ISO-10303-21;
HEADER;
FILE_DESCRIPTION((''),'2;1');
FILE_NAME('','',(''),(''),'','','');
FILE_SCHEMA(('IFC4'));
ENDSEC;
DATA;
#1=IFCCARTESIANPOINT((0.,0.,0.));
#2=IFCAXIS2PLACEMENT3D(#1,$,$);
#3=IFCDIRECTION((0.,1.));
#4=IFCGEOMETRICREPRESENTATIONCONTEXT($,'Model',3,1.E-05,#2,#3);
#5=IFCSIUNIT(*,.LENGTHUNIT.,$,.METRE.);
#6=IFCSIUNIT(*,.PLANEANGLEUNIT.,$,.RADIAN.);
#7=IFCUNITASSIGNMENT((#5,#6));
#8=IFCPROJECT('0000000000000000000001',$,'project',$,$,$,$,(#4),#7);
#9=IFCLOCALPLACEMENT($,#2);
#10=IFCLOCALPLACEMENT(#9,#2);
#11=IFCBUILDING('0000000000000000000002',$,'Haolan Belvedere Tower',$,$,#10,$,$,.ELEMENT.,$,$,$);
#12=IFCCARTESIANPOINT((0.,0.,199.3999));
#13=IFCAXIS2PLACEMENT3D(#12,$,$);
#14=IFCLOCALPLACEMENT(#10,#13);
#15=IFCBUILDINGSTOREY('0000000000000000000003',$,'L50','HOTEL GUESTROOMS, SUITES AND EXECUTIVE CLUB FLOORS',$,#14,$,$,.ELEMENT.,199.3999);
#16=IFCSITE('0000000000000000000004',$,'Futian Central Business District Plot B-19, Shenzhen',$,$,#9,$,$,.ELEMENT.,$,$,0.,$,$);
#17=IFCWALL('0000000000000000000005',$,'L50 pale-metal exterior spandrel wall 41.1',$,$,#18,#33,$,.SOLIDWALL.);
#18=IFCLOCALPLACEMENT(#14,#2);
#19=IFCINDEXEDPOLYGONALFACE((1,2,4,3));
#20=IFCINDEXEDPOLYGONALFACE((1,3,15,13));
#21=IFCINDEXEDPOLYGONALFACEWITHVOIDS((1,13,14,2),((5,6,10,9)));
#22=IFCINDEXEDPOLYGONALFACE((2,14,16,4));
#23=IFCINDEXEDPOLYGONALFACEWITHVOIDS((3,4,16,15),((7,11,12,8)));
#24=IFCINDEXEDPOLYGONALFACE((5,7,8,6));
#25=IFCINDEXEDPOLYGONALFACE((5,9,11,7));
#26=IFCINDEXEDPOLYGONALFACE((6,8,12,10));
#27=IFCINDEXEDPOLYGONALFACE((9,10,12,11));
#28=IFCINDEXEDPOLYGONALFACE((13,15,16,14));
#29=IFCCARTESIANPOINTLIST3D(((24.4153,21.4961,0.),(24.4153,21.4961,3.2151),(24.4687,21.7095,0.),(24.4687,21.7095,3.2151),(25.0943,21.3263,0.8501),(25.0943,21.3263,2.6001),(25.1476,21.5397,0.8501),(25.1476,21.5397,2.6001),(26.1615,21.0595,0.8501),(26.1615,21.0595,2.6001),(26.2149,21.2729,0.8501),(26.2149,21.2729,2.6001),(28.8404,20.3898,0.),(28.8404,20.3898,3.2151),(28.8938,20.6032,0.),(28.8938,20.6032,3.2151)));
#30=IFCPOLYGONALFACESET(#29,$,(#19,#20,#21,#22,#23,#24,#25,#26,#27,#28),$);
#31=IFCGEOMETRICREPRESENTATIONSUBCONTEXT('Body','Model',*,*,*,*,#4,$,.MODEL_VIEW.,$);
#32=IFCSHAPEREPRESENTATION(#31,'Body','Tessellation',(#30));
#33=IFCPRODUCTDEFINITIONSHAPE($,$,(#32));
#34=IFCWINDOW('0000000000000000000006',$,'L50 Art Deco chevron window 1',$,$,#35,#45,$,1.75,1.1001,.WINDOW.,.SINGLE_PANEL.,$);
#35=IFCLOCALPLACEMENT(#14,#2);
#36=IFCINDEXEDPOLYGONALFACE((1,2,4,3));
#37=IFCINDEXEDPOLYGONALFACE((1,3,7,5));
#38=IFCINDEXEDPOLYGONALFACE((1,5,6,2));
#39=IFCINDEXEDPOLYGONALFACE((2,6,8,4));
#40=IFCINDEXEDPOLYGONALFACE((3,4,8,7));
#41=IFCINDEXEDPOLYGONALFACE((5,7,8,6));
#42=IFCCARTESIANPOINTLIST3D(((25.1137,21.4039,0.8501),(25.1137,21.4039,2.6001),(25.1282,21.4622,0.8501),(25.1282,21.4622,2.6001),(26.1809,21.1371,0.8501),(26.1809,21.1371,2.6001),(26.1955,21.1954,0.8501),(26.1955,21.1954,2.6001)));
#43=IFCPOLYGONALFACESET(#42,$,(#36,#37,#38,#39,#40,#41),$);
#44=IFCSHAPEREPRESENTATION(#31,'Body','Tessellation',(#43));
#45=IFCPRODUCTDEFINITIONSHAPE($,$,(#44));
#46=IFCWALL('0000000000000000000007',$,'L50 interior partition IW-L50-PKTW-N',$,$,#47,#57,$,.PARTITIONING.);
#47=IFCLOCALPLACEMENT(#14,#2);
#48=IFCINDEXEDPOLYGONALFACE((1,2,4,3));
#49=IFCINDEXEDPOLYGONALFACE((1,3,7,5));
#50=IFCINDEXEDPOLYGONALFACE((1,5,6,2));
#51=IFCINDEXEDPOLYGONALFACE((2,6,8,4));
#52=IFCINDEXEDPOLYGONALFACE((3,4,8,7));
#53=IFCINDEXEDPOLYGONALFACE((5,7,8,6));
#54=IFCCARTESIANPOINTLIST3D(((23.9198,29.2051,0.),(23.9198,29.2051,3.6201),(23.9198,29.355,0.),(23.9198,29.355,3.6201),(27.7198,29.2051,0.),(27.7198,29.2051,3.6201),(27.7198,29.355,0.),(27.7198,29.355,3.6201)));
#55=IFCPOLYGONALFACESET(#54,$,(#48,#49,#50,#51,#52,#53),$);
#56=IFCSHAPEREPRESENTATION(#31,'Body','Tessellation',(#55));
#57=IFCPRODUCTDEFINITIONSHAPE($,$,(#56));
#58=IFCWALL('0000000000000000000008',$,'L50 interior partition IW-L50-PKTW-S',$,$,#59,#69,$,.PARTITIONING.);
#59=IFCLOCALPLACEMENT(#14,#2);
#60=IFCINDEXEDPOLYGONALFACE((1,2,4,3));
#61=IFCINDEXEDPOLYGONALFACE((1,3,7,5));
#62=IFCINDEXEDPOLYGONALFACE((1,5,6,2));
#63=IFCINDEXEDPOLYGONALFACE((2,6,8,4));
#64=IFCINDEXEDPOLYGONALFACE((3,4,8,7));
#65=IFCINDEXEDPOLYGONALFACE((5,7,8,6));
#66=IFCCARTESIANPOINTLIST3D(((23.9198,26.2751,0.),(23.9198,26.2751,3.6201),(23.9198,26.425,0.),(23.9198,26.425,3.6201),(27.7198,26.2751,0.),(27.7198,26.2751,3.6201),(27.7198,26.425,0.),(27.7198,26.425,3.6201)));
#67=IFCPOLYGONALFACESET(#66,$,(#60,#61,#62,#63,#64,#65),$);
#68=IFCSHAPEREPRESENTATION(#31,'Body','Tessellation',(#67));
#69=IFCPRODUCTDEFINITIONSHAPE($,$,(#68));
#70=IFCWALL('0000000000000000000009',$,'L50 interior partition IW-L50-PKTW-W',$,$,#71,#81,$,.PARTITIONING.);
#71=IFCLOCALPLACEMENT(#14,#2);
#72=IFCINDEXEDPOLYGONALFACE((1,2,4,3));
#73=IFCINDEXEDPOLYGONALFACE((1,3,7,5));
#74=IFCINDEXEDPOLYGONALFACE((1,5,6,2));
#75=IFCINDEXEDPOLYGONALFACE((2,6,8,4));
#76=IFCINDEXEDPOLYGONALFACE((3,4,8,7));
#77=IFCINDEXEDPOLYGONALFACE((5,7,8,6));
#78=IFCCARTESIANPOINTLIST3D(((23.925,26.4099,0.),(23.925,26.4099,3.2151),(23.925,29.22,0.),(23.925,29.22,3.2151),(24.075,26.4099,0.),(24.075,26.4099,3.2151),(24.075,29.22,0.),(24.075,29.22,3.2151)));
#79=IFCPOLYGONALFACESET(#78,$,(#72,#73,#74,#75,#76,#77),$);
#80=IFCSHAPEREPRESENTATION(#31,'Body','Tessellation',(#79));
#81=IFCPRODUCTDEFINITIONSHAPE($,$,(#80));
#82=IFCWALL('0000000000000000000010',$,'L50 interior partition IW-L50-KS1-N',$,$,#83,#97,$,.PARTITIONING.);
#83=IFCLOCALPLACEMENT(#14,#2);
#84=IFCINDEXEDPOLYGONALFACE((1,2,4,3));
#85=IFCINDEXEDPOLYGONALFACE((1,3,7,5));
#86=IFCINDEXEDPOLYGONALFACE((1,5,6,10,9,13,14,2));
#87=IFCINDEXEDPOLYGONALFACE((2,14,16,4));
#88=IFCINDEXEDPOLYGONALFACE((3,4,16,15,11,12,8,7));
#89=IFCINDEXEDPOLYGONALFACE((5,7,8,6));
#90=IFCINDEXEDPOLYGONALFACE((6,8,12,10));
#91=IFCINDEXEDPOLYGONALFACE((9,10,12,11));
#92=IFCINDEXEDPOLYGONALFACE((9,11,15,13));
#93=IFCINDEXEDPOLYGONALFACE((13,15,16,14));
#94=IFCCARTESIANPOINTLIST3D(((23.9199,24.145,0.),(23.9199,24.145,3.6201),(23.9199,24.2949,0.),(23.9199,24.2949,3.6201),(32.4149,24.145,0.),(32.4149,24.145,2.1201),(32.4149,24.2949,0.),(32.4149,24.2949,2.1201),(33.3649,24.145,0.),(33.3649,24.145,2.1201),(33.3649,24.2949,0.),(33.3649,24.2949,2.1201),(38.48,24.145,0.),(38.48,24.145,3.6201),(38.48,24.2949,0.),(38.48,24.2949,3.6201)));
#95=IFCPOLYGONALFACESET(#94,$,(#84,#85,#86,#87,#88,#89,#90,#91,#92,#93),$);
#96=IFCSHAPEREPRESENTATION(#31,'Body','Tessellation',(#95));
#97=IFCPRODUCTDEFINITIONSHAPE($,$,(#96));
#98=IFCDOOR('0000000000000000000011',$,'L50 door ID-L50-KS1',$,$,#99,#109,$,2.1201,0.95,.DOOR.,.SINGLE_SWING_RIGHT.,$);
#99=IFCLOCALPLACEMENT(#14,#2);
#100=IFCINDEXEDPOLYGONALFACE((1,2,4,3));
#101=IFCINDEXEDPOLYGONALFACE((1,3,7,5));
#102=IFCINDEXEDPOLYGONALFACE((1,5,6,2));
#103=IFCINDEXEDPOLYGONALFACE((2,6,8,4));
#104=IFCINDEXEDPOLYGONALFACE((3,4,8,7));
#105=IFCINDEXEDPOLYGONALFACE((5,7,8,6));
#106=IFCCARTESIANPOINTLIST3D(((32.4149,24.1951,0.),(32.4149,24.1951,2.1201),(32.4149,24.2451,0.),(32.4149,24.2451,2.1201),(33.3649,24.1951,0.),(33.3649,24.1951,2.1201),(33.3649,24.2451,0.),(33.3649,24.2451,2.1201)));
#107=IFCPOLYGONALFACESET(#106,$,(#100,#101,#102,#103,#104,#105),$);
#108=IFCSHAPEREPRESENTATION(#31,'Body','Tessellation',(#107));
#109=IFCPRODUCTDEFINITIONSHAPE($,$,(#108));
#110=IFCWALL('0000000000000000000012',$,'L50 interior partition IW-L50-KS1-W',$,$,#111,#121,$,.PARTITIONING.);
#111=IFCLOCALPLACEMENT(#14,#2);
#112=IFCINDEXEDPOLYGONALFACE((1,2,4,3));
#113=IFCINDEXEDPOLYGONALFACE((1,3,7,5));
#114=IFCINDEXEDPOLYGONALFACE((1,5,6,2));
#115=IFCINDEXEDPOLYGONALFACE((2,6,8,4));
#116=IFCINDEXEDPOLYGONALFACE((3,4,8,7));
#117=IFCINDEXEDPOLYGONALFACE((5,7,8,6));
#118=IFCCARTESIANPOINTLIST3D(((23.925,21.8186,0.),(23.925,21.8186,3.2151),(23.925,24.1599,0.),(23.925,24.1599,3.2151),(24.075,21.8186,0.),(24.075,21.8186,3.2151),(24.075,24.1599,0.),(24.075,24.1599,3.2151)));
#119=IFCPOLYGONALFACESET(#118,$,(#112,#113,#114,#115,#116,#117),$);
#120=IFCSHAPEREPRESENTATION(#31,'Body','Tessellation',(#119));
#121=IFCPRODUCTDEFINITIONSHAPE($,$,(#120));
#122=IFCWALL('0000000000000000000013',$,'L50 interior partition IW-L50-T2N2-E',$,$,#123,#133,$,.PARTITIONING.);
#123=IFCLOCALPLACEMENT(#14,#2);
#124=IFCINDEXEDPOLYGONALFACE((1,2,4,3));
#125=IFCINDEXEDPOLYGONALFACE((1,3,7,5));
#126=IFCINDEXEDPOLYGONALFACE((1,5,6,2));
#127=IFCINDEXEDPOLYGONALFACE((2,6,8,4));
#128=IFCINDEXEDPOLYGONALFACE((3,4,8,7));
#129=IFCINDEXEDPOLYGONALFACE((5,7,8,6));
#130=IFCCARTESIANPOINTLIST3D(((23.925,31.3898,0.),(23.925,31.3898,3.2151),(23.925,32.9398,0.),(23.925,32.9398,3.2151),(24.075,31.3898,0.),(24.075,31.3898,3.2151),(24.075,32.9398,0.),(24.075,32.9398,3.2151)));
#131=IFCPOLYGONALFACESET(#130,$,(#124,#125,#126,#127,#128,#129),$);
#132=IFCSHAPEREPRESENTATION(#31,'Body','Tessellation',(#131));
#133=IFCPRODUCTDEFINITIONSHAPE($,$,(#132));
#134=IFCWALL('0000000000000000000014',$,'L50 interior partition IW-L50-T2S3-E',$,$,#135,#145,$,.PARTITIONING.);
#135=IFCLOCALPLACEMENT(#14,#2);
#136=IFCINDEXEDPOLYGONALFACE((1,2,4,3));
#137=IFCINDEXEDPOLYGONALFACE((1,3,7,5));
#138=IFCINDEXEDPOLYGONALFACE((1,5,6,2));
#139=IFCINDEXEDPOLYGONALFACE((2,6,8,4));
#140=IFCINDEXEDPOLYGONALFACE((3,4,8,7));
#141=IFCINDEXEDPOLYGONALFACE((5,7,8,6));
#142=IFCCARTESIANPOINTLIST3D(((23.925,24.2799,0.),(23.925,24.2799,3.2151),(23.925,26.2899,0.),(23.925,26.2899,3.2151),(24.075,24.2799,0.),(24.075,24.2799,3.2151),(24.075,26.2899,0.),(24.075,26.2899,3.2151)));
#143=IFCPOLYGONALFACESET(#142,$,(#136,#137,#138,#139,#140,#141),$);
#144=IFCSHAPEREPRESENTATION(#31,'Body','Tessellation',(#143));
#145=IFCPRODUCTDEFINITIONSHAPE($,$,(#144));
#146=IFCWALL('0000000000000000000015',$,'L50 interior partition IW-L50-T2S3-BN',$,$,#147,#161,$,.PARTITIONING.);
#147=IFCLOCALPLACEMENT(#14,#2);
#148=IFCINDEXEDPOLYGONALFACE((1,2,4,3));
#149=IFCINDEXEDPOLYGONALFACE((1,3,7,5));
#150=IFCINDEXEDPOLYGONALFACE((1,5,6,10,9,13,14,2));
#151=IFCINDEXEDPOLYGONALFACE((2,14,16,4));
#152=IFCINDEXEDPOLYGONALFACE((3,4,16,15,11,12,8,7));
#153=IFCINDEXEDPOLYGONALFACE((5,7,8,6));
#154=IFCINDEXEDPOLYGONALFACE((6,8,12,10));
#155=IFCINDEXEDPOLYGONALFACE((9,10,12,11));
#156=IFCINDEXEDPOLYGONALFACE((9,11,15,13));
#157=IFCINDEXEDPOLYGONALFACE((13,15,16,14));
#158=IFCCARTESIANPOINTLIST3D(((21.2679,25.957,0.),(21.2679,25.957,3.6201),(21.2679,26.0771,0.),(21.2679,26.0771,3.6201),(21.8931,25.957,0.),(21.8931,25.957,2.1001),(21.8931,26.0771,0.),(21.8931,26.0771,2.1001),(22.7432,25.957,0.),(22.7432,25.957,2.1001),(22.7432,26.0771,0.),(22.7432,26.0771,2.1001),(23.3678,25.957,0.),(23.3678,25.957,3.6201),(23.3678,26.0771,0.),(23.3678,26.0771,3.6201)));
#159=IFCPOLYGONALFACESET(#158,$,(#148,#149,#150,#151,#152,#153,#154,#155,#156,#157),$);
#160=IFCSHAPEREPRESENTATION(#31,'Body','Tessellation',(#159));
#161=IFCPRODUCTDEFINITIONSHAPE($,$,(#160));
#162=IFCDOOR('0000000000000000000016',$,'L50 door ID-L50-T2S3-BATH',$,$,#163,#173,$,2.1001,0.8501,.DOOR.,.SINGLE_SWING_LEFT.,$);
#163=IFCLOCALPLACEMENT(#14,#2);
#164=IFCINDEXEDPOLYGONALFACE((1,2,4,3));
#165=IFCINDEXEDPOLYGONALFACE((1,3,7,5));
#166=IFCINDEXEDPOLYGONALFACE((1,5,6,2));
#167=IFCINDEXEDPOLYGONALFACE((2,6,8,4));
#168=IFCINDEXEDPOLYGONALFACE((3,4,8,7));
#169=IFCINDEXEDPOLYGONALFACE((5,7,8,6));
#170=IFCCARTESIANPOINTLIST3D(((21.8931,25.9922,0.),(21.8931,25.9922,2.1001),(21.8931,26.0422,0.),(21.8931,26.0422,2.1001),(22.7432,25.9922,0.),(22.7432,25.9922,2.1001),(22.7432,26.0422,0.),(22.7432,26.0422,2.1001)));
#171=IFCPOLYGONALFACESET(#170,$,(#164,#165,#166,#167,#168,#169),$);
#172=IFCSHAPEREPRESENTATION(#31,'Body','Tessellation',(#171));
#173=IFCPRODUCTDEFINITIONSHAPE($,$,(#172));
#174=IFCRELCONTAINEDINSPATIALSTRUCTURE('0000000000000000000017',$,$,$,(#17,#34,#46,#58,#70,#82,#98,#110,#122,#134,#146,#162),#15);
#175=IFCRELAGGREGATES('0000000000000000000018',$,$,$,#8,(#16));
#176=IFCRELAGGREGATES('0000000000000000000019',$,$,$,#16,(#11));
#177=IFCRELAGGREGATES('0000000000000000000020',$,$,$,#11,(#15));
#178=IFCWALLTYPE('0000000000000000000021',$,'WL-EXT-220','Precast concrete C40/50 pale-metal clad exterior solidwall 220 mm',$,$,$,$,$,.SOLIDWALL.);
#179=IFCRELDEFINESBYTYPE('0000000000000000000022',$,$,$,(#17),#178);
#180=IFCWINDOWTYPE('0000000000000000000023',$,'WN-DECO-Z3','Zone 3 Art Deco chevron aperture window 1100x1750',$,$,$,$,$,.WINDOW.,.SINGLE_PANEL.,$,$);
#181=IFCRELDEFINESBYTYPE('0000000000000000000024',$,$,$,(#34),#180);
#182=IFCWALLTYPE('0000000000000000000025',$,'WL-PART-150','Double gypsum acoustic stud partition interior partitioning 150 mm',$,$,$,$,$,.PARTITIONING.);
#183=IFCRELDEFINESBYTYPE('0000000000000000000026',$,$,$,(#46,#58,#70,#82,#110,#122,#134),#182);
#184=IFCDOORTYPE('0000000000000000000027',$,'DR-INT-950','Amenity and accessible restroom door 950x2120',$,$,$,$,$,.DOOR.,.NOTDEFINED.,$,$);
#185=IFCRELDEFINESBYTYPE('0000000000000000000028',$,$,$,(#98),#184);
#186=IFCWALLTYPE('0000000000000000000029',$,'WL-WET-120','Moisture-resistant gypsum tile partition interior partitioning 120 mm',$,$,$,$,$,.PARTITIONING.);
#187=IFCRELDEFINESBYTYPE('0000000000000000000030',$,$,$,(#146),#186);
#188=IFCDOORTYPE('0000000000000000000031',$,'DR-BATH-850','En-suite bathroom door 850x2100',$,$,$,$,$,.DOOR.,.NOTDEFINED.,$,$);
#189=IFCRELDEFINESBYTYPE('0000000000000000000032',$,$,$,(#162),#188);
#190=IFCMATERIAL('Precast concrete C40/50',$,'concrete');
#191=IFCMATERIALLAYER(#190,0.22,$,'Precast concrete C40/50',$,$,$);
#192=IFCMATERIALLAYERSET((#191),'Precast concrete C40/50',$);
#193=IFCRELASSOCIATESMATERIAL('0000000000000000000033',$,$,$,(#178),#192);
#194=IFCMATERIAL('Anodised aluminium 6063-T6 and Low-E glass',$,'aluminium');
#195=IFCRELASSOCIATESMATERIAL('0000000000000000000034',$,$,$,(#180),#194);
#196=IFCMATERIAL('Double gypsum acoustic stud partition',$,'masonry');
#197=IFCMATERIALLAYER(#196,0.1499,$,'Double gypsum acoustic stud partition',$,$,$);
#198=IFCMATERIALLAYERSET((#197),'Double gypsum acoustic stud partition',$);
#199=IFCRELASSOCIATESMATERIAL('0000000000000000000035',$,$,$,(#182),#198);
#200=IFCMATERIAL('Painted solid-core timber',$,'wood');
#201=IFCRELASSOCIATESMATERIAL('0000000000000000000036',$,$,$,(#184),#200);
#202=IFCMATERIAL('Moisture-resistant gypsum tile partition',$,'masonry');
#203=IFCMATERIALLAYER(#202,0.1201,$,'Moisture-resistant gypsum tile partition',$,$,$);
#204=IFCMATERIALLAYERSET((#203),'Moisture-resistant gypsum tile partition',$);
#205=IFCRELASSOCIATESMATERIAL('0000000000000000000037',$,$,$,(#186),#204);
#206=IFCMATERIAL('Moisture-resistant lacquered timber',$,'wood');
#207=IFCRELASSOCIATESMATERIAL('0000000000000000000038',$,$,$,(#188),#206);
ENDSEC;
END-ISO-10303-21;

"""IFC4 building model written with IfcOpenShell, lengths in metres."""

from ifc_helpers import new_model, si_unit, direction, frame, frame_2d, origin, place, context, subcontext, project, spatial, rectangle, extrude, material, layer, layer_set, type_object, element, fill, save


model = new_model("IFC4")

# Units and contexts
model_context = context("Model", 3, precision=1e-05, world=origin(), true_north=direction((0.0, 1.0)))
body_context = subcontext(model_context, "Body", "Model", "MODEL_VIEW")
ifc_project = project(units=[si_unit("LENGTHUNIT", "METRE"), si_unit("PLANEANGLEUNIT", "RADIAN")], contexts=[model_context])

# Site, building, storey
site_placement = place(None, origin())
site = spatial("IfcSite", under=ifc_project, at=site_placement, Name="Futian Central Business District Plot B-19, Shenzhen", CompositionType="ELEMENT", RefElevation=0.0)
building_placement = place(site_placement, origin())
building = spatial("IfcBuilding", under=site, at=building_placement, Name="Haolan Belvedere Tower", CompositionType="ELEMENT")
storey_placement = place(building_placement, frame((0.0, 0.0, 199.3999)))
storey = spatial("IfcBuildingStorey", under=building, at=storey_placement, Name="L50", Description="HOTEL GUESTROOMS, SUITES AND EXECUTIVE CLUB FLOORS", CompositionType="ELEMENT", Elevation=199.3999)

# Wall, opening, window
ifc_material_1 = material(Name="Precast concrete C40/50", Category="concrete")
ifc_layer_1 = layer(ifc_material_1, 0.22, Name="Precast concrete C40/50")
ifc_layer_set_1 = layer_set([ifc_layer_1], Name="Precast concrete C40/50")
wall_type_1 = type_object("IfcWallType", Name="WL-EXT-220", Description="Precast concrete C40/50 pale-metal clad exterior solidwall 220 mm", PredefinedType="SOLIDWALL", material=ifc_layer_set_1)
wall_1_placement = place(storey_placement, frame((24.4419, 21.6028, 0.0), z_axis=(0.0, 0.0, 1.0), x_axis=(0.970146, -0.242523, 0.0)))
wall_1 = element("IfcWall", 1, at=wall_1_placement, inside=storey, type_object=wall_type_1, Name="L50 pale-metal exterior spandrel wall 41.1", PredefinedType="SOLIDWALL", context=body_context, shape_type="SweptSolid", body=[
    extrude(rectangle(XDim=4.5613, YDim=0.22, at=frame_2d((2.2808, 0.0))), origin(), (0.0, 0.0, 1.0), 3.2151),
])
opening_1_placement = place(wall_1_placement, frame((0.7, 0.0, 0.8501)))
opening_1 = element("IfcOpeningElement", 2, at=opening_1_placement, cuts=wall_1, PredefinedType="OPENING", context=body_context, shape_type="SweptSolid", body=[
    extrude(rectangle(XDim=1.1001, YDim=1.75, at=frame_2d((0.55, 0.875))), frame((0.0, 0.1199, 0.0), z_axis=(0.0, -1.0, 0.0), x_axis=(1.0, 0.0, 0.0)), (0.0, 0.0, 1.0), 0.24),
])
ifc_material_2 = material(Name="Anodised aluminium 6063-T6 and Low-E glass", Category="aluminium")
window_type = type_object("IfcWindowType", Name="WN-DECO-Z3", Description="Zone 3 Art Deco chevron aperture window 1100x1750", PartitioningType="SINGLE_PANEL", PredefinedType="WINDOW", material=ifc_material_2)
window_placement = place(opening_1_placement, origin())
window = element("IfcWindow", 3, at=window_placement, inside=storey, type_object=window_type, Name="L50 Art Deco chevron window 1", OverallHeight=1.75, OverallWidth=1.1001, PartitioningType="SINGLE_PANEL", PredefinedType="WINDOW", context=body_context, shape_type="SweptSolid", body=[
    extrude(rectangle(XDim=1.1001, YDim=1.75, at=frame_2d((0.55, 0.875))), frame((0.0, 0.03, 0.0), z_axis=(0.0, -1.0, 0.0), x_axis=(1.0, 0.0, 0.0)), (0.0, 0.0, 1.0), 0.0601),
])
fill(opening_1, window)

# Walls
ifc_material_3 = material(Name="Double gypsum acoustic stud partition", Category="masonry")
ifc_layer_2 = layer(ifc_material_3, 0.1499, Name="Double gypsum acoustic stud partition")
ifc_layer_set_2 = layer_set([ifc_layer_2], Name="Double gypsum acoustic stud partition")
wall_type_2 = type_object("IfcWallType", Name="WL-PART-150", Description="Double gypsum acoustic stud partition interior partitioning 150 mm", PredefinedType="PARTITIONING", material=ifc_layer_set_2)
for number, where, z_axis, x_axis, name in (
    (4, (23.9199, 29.28, 0.0), (0.0, 0.0, 1.0), (1.0, 0.0, 0.0), "L50 interior partition IW-L50-PKTW-N"),
    (5, (23.9199, 26.3501, 0.0), (0.0, 0.0, 1.0), (1.0, 0.0, 0.0), "L50 interior partition IW-L50-PKTW-S"),
):
    element("IfcWall", number, at=place(storey_placement, frame(where, z_axis=z_axis, x_axis=x_axis)), inside=storey, type_object=wall_type_2, Name=name, PredefinedType="PARTITIONING", context=body_context, shape_type="SweptSolid", body=[
        extrude(rectangle(XDim=3.8, YDim=0.1499, at=frame_2d((1.8999, 0.0))), origin(), (0.0, 0.0, 1.0), 3.6201),
    ])
wall_2_placement = place(storey_placement, frame((24.0, 26.4099, 0.0), z_axis=(0.0, 0.0, 1.0), x_axis=(0.0, 1.0, 0.0)))
element("IfcWall", 6, at=wall_2_placement, inside=storey, type_object=wall_type_2, Name="L50 interior partition IW-L50-PKTW-W", PredefinedType="PARTITIONING", context=body_context, shape_type="SweptSolid", body=[
    extrude(rectangle(XDim=2.8101, YDim=0.1499, at=frame_2d((1.405, 0.0))), origin(), (0.0, 0.0, 1.0), 3.2151),
])

# Wall, opening, door
wall_3_placement = place(storey_placement, frame((23.9199, 24.22, 0.0), z_axis=(0.0, 0.0, 1.0), x_axis=(1.0, 0.0, 0.0)))
wall_3 = element("IfcWall", 7, at=wall_3_placement, inside=storey, type_object=wall_type_2, Name="L50 interior partition IW-L50-KS1-N", PredefinedType="PARTITIONING", context=body_context, shape_type="SweptSolid", body=[
    extrude(rectangle(XDim=14.5601, YDim=0.1499, at=frame_2d((7.28, 0.0))), origin(), (0.0, 0.0, 1.0), 3.6201),
])
opening_2_placement = place(wall_3_placement, frame((9.4451, 0.0, 0.0), z_axis=(0.0, 0.0, 1.0), x_axis=(-1.0, 0.0, 0.0)))
opening_2 = element("IfcOpeningElement", 8, at=opening_2_placement, cuts=wall_3, PredefinedType="OPENING", context=body_context, shape_type="SweptSolid", body=[
    extrude(rectangle(XDim=0.95, YDim=2.1201, at=frame_2d((0.4751, 1.0601))), frame((0.0, 0.085, 0.0), z_axis=(0.0, -1.0, 0.0), x_axis=(1.0, 0.0, 0.0)), (0.0, 0.0, 1.0), 0.1699),
])
ifc_material_4 = material(Name="Painted solid-core timber", Category="wood")
door_type_1 = type_object("IfcDoorType", Name="DR-INT-950", Description="Amenity and accessible restroom door 950x2120", OperationType="NOTDEFINED", PredefinedType="DOOR", material=ifc_material_4)
door_1_placement = place(opening_2_placement, origin())
door_1 = element("IfcDoor", 9, at=door_1_placement, inside=storey, type_object=door_type_1, Name="L50 door ID-L50-KS1", OperationType="SINGLE_SWING_RIGHT", OverallHeight=2.1201, OverallWidth=0.95, PredefinedType="DOOR", context=body_context, shape_type="SweptSolid", body=[
    extrude(rectangle(XDim=0.95, YDim=2.1201, at=frame_2d((0.4751, 1.0601))), frame((0.0, 0.0249, 0.0), z_axis=(0.0, -1.0, 0.0), x_axis=(1.0, 0.0, 0.0)), (0.0, 0.0, 1.0), 0.05),
])
fill(opening_2, door_1)

# Walls
wall_4_placement = place(storey_placement, frame((24.0, 21.8186, 0.0), z_axis=(0.0, 0.0, 1.0), x_axis=(0.0, 1.0, 0.0)))
element("IfcWall", 10, at=wall_4_placement, inside=storey, type_object=wall_type_2, Name="L50 interior partition IW-L50-KS1-W", PredefinedType="PARTITIONING", context=body_context, shape_type="SweptSolid", body=[
    extrude(rectangle(XDim=2.3413, YDim=0.1499, at=frame_2d((1.1707, 0.0))), origin(), (0.0, 0.0, 1.0), 3.2151),
])
wall_5_placement = place(storey_placement, frame((24.0, 31.3899, 0.0), z_axis=(0.0, 0.0, 1.0), x_axis=(0.0, 1.0, 0.0)))
element("IfcWall", 11, at=wall_5_placement, inside=storey, type_object=wall_type_2, Name="L50 interior partition IW-L50-T2N2-E", PredefinedType="PARTITIONING", context=body_context, shape_type="SweptSolid", body=[
    extrude(rectangle(XDim=1.55, YDim=0.1499, at=frame_2d((0.7749, 0.0))), origin(), (0.0, 0.0, 1.0), 3.2151),
])

# Wall
wall_6_placement = place(storey_placement, frame((24.0, 24.28, 0.0), z_axis=(0.0, 0.0, 1.0), x_axis=(0.0, 1.0, 0.0)))
element("IfcWall", 12, at=wall_6_placement, inside=storey, type_object=wall_type_2, Name="L50 interior partition IW-L50-T2S3-E", PredefinedType="PARTITIONING", context=body_context, shape_type="SweptSolid", body=[
    extrude(rectangle(XDim=2.01, YDim=0.1499, at=frame_2d((1.0049, 0.0))), origin(), (0.0, 0.0, 1.0), 3.2151),
])

# Wall, opening, door
ifc_material_5 = material(Name="Moisture-resistant gypsum tile partition", Category="masonry")
ifc_layer_3 = layer(ifc_material_5, 0.1201, Name="Moisture-resistant gypsum tile partition")
ifc_layer_set_3 = layer_set([ifc_layer_3], Name="Moisture-resistant gypsum tile partition")
wall_type_3 = type_object("IfcWallType", Name="WL-WET-120", Description="Moisture-resistant gypsum tile partition interior partitioning 120 mm", PredefinedType="PARTITIONING", material=ifc_layer_set_3)
wall_7_placement = place(storey_placement, frame((21.2681, 26.0171, 0.0), z_axis=(0.0, 0.0, 1.0), x_axis=(1.0, 0.0, 0.0)))
wall_7 = element("IfcWall", 13, at=wall_7_placement, inside=storey, type_object=wall_type_3, Name="L50 interior partition IW-L50-T2S3-BN", PredefinedType="PARTITIONING", context=body_context, shape_type="SweptSolid", body=[
    extrude(rectangle(XDim=2.0999, YDim=0.1201, at=frame_2d((1.0498, 0.0))), origin(), (0.0, 0.0, 1.0), 3.6201),
])
opening_3_placement = place(wall_7_placement, frame((1.4751, 0.0, 0.0), z_axis=(0.0, 0.0, 1.0), x_axis=(-1.0, 0.0, 0.0)))
opening_3 = element("IfcOpeningElement", 14, at=opening_3_placement, cuts=wall_7, PredefinedType="OPENING", context=body_context, shape_type="SweptSolid", body=[
    extrude(rectangle(XDim=0.8501, YDim=2.1001, at=frame_2d((0.425, 1.05))), frame((0.0, 0.0701, 0.0), z_axis=(0.0, -1.0, 0.0), x_axis=(1.0, 0.0, 0.0)), (0.0, 0.0, 1.0), 0.1401),
])
ifc_material_6 = material(Name="Moisture-resistant lacquered timber", Category="wood")
door_type_2 = type_object("IfcDoorType", Name="DR-BATH-850", Description="En-suite bathroom door 850x2100", OperationType="NOTDEFINED", PredefinedType="DOOR", material=ifc_material_6)
door_2_placement = place(opening_3_placement, origin())
door_2 = element("IfcDoor", 15, at=door_2_placement, inside=storey, type_object=door_type_2, Name="L50 door ID-L50-T2S3-BATH", OperationType="SINGLE_SWING_LEFT", OverallHeight=2.1001, OverallWidth=0.8501, PredefinedType="DOOR", context=body_context, shape_type="SweptSolid", body=[
    extrude(rectangle(XDim=0.8501, YDim=2.1001, at=frame_2d((0.425, 1.05))), frame((0.0, 0.0249, 0.0), z_axis=(0.0, -1.0, 0.0), x_axis=(1.0, 0.0, 0.0)), (0.0, 0.0, 1.0), 0.05),
])
fill(opening_3, door_2)

save(model, "model.ifc")
